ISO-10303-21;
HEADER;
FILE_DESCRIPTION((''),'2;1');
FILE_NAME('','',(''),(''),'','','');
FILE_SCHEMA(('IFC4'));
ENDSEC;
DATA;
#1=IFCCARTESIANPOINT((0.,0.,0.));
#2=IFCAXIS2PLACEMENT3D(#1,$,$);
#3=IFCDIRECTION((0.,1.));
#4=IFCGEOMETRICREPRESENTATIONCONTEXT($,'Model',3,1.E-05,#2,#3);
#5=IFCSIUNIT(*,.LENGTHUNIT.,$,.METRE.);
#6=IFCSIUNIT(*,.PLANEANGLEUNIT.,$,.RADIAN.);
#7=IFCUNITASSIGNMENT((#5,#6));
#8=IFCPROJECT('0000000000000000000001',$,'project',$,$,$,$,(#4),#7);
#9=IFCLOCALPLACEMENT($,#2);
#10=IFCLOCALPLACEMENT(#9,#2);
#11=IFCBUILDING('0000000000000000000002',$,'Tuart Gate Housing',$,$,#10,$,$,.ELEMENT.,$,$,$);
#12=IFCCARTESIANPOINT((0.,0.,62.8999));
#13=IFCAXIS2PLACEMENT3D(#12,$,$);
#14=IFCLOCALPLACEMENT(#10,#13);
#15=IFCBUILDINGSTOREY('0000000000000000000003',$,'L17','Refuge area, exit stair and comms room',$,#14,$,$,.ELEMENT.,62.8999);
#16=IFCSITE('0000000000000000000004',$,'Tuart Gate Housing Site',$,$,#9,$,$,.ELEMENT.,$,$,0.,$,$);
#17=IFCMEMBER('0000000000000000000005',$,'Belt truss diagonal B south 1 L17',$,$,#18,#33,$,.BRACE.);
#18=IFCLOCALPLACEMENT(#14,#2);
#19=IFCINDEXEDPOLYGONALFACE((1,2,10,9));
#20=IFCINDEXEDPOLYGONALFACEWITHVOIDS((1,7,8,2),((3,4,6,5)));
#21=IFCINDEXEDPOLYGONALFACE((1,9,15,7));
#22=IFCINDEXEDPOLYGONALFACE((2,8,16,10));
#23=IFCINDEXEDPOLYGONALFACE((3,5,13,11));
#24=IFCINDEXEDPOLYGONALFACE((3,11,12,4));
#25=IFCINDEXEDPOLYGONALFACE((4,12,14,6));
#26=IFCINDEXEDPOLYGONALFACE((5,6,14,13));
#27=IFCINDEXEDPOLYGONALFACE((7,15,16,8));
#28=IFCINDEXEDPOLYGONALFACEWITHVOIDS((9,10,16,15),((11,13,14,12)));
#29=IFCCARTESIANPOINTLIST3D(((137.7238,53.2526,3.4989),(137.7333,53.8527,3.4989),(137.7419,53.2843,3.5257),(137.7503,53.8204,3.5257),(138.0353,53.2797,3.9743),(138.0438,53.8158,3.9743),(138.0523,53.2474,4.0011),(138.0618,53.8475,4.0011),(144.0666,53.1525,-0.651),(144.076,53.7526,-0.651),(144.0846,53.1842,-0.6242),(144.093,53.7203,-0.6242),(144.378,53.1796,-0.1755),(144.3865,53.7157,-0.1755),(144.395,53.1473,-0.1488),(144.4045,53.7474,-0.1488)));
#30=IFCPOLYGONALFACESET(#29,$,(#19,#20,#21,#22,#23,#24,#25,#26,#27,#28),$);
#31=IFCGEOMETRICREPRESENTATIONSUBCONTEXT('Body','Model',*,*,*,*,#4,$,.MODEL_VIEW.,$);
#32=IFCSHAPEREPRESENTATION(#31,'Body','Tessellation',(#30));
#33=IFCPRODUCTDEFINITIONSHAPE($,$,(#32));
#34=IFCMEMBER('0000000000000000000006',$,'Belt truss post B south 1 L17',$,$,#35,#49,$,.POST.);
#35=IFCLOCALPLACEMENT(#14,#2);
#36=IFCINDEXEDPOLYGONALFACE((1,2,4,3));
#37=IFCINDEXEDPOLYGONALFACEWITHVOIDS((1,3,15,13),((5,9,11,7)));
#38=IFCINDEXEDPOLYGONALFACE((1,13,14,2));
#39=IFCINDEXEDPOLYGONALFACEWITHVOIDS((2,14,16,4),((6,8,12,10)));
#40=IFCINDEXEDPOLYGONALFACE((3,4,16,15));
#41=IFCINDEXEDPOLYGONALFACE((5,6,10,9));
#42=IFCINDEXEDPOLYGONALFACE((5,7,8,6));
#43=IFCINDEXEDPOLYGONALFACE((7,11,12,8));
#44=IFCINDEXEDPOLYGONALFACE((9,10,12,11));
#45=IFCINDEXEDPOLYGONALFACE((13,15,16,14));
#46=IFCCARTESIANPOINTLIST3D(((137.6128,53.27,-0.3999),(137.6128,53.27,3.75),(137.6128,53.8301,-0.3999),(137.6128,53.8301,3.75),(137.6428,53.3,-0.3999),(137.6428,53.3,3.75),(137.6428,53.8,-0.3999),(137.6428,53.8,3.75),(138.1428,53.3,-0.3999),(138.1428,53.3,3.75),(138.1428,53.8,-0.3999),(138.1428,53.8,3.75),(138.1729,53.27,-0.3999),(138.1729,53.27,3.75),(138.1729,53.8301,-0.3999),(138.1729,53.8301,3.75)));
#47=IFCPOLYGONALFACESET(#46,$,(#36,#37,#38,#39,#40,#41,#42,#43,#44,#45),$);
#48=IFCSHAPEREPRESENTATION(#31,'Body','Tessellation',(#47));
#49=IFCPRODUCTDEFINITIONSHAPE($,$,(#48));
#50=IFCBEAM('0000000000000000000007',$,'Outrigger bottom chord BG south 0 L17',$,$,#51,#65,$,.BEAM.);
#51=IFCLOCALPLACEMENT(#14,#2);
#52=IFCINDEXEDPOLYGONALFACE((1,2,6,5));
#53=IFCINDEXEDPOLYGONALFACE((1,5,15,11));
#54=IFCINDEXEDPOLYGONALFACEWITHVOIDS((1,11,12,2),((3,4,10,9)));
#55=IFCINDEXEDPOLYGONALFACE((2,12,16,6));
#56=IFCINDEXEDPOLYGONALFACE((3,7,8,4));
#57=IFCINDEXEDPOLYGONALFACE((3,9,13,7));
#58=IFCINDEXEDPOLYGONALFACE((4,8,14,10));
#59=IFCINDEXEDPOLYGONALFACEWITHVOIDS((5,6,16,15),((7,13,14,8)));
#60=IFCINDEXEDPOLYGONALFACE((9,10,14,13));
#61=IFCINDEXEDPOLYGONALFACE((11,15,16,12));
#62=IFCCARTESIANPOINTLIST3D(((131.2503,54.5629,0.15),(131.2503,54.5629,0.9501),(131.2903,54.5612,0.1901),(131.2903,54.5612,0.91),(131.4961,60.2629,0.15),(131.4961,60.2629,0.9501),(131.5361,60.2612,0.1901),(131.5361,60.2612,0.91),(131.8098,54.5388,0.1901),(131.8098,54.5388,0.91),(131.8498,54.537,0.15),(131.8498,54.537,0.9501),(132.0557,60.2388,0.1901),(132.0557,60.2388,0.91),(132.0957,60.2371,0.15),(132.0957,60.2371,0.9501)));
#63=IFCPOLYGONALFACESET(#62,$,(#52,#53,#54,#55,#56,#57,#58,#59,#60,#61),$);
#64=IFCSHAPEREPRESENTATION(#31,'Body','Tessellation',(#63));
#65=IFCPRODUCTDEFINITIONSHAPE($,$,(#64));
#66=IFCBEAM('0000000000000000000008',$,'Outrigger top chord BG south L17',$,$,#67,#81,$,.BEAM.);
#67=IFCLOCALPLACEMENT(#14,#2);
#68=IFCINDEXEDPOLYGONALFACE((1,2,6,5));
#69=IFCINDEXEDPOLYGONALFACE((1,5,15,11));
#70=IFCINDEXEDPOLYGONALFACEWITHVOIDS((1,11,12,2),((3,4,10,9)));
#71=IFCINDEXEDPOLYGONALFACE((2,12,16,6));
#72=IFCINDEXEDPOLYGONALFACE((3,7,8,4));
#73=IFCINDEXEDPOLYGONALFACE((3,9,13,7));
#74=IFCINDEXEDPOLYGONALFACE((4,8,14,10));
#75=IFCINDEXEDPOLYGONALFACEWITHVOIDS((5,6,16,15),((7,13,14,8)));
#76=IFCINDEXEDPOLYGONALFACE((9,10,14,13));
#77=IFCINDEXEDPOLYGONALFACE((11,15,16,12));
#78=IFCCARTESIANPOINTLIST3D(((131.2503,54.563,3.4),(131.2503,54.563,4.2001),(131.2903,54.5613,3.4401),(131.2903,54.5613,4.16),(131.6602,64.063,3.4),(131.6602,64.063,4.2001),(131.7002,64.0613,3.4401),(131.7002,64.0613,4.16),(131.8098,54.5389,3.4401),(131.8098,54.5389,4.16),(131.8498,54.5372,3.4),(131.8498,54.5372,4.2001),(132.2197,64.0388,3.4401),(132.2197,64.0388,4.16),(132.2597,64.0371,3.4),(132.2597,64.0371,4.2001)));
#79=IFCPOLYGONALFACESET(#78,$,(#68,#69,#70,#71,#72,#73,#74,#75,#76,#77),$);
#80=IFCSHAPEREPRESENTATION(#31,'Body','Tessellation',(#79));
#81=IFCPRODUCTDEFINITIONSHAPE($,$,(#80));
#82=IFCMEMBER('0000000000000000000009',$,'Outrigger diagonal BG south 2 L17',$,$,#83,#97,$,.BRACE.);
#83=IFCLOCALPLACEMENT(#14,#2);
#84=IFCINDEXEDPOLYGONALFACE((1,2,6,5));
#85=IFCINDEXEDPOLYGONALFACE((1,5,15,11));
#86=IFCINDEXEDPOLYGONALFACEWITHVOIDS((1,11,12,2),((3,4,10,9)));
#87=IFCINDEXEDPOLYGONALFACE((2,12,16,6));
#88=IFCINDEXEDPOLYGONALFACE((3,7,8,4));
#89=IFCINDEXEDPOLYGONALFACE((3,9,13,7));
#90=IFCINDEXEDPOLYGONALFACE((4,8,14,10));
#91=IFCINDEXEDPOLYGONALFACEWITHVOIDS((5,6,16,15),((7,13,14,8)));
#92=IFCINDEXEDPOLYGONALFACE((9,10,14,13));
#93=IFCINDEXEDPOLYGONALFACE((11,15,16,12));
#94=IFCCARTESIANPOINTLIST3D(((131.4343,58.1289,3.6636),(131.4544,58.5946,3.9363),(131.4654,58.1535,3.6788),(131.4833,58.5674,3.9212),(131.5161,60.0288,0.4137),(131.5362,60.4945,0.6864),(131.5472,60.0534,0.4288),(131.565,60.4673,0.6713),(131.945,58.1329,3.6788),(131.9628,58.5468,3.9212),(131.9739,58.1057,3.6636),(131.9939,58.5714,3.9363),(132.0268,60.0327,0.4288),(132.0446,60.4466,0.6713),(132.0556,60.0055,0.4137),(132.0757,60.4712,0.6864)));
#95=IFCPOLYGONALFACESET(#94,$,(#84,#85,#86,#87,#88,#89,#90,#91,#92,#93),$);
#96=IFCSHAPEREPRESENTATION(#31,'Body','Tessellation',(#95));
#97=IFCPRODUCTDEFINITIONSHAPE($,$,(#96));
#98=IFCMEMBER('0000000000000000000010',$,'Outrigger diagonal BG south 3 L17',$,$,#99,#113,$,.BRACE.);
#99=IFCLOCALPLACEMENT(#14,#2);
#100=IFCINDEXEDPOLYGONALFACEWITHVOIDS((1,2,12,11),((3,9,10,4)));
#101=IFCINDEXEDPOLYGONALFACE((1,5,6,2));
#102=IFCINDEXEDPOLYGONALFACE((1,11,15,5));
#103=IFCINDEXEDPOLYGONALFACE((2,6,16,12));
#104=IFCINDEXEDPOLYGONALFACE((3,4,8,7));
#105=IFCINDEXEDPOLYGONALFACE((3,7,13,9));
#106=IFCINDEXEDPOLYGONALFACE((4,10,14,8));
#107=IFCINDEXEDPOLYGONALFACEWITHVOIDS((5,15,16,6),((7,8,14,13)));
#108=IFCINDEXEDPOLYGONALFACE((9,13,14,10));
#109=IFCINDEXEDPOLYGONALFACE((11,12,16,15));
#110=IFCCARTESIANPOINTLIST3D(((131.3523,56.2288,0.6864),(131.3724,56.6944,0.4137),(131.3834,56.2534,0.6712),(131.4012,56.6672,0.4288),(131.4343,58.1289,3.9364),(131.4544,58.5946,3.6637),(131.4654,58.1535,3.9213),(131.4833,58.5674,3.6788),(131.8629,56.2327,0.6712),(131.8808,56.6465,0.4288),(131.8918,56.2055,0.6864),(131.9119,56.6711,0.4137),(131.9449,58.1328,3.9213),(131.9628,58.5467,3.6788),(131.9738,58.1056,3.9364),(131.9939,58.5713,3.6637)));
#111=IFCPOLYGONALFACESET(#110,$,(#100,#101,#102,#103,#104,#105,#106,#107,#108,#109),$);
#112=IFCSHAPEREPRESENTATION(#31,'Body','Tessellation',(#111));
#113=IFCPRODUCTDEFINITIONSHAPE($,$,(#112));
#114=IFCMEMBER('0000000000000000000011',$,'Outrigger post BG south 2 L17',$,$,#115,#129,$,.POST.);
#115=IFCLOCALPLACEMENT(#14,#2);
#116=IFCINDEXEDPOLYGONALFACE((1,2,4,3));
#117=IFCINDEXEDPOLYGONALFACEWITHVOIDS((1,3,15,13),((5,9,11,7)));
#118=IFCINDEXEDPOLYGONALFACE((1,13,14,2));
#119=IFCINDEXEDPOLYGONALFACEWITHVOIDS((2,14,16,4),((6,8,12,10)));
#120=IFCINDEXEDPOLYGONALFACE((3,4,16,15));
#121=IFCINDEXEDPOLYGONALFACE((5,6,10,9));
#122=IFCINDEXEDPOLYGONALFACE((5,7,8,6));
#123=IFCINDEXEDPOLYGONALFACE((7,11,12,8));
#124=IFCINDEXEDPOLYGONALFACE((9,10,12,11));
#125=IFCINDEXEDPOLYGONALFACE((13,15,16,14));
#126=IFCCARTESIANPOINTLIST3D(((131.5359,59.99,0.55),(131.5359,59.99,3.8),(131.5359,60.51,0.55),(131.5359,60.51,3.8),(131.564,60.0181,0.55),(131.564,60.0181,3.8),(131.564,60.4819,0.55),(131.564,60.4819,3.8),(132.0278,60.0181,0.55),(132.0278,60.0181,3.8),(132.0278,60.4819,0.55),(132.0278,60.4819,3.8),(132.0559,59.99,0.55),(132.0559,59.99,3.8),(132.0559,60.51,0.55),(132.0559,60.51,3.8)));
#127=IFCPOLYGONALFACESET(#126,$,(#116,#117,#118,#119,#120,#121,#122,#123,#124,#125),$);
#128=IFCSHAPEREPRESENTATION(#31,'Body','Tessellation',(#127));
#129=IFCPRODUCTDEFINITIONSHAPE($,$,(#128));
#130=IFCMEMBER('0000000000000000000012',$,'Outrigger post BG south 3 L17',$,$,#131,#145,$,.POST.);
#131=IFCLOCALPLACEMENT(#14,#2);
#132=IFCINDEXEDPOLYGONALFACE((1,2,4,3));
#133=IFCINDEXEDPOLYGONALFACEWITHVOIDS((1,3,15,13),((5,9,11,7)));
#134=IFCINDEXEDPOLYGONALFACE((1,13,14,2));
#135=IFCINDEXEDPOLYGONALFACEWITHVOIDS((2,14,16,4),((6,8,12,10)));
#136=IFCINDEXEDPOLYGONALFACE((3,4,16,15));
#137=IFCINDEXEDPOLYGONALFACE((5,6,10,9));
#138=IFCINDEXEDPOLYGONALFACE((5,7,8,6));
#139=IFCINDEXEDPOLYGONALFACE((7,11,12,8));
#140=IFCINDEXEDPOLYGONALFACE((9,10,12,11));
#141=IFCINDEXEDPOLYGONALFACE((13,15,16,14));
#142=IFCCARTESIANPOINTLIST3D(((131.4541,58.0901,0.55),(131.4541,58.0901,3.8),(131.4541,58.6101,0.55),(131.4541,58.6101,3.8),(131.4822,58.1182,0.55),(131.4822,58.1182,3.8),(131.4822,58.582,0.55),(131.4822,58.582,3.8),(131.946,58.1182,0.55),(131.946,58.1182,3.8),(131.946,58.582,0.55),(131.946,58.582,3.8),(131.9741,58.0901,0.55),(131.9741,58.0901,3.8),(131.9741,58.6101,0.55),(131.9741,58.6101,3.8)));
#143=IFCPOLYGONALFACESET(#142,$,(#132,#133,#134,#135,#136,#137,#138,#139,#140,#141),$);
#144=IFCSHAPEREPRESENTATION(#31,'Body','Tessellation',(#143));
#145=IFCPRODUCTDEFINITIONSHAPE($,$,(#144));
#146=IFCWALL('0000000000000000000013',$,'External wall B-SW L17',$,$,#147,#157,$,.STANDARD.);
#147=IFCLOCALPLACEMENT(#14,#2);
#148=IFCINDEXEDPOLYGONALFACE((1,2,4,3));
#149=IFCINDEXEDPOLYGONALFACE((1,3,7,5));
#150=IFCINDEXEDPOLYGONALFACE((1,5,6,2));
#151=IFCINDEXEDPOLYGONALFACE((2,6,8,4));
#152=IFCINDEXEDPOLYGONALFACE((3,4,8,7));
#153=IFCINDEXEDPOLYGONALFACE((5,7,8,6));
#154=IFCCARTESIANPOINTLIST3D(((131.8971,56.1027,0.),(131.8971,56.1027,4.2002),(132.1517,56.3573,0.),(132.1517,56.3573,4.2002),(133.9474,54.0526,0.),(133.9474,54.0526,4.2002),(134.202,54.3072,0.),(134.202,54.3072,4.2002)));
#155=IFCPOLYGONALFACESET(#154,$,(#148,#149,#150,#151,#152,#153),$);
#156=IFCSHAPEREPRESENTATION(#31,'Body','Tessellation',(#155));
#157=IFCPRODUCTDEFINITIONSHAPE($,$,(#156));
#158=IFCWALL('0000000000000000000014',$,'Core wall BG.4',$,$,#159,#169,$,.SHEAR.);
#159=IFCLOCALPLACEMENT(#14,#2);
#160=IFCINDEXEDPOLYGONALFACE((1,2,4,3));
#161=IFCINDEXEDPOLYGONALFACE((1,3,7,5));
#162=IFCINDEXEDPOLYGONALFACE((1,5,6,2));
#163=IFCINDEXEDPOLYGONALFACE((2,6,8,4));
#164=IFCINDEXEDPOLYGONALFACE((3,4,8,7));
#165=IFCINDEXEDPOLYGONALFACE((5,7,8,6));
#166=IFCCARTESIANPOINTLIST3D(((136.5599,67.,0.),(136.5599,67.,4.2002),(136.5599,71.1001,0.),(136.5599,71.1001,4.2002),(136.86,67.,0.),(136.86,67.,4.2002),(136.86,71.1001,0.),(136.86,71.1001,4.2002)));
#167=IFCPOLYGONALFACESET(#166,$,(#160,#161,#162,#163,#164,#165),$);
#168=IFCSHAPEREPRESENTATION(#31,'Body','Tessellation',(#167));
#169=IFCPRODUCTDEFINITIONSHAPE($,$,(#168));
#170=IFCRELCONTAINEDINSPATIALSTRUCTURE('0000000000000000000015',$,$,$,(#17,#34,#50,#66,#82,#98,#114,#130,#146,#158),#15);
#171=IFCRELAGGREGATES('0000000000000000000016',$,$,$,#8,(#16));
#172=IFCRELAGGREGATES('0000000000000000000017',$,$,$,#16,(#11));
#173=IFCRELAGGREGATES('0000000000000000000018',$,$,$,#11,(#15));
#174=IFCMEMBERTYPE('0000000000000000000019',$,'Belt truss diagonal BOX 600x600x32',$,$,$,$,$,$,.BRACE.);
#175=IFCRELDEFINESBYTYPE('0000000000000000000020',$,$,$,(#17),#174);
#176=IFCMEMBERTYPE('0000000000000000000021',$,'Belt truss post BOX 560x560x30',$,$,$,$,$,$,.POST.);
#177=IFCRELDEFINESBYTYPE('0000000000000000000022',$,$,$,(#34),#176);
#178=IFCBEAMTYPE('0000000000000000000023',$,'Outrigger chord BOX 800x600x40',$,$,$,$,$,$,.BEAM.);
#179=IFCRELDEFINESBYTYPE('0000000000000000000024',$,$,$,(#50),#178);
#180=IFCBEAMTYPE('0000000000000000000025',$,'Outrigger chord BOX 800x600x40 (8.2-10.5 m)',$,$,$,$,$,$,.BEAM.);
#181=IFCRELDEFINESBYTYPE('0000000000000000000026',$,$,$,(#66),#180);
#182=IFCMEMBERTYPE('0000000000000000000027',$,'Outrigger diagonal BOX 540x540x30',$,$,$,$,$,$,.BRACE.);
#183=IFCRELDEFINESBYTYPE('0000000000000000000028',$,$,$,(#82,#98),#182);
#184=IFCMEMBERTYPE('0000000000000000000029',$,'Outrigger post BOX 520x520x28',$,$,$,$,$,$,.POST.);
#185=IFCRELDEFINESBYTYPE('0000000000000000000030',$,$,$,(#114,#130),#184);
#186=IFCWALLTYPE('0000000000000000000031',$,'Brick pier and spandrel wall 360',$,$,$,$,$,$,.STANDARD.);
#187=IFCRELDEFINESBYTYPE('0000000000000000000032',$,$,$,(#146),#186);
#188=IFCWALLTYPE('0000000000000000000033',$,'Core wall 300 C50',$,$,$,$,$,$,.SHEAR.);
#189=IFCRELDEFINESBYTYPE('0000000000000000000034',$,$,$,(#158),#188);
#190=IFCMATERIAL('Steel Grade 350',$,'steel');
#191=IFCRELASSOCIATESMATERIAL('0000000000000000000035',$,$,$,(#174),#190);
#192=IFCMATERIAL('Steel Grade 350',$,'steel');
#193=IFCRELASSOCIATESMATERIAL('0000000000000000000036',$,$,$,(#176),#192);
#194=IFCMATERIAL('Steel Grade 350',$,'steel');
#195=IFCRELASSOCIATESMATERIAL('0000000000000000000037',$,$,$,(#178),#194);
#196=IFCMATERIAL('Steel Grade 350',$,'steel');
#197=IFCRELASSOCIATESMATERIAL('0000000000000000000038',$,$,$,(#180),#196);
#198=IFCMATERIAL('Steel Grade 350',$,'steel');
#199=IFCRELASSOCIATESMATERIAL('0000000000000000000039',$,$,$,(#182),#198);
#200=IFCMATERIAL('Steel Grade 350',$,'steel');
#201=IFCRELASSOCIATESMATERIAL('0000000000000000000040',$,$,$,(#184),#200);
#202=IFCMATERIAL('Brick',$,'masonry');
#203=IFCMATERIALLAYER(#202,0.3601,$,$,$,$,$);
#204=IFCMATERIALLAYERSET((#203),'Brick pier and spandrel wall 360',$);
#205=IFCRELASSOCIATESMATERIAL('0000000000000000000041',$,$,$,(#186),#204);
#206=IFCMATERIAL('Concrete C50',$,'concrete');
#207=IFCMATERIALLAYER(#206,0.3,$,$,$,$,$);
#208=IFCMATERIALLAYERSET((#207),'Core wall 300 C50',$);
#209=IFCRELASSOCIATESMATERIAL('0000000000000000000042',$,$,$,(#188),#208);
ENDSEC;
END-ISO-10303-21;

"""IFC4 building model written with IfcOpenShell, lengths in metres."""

from ifc_helpers import new_model, si_unit, direction, frame, frame_2d, origin, origin_2d, place, context, subcontext, project, spatial, rectangle, hollow_rectangle, extrude, material, layer, layer_set, material_profile, profile_set, type_object, element, save


model = new_model("IFC4")

# Units and contexts
model_context = context("Model", 3, precision=1e-05, world=origin(), true_north=direction((0.0, 1.0)))
body_context = subcontext(model_context, "Body", "Model", "MODEL_VIEW")
ifc_project = project(units=[si_unit("LENGTHUNIT", "METRE"), si_unit("PLANEANGLEUNIT", "RADIAN")], contexts=[model_context])

# Site, building, storey
site_placement = place(None, origin())
site = spatial("IfcSite", under=ifc_project, at=site_placement, Name="Tuart Gate Housing Site", CompositionType="ELEMENT", RefElevation=0.0)
building_placement = place(site_placement, origin())
building = spatial("IfcBuilding", under=site, at=building_placement, Name="Tuart Gate Housing", CompositionType="ELEMENT")
storey_placement = place(building_placement, frame((0.0, 0.0, 62.8999)))
storey = spatial("IfcBuildingStorey", under=building, at=storey_placement, Name="L17", Description="Refuge area, exit stair and comms room", CompositionType="ELEMENT", Elevation=62.8999)

# Members
ifc_material_1 = material(Name="Steel Grade 350", Category="steel")
ifc_material_profile_1 = material_profile(ifc_material_1, hollow_rectangle(XDim=0.6001, YDim=0.6001, WallThickness=0.032, at=origin_2d()), Name="BOX 600x600x32")
ifc_profile_set_1 = profile_set([ifc_material_profile_1], Name="Steel Grade 350")
member_type_1 = type_object("IfcMemberType", Name="Belt truss diagonal BOX 600x600x32", PredefinedType="BRACE", material=ifc_profile_set_1)
member_1_placement = place(storey_placement, frame((137.8928, 53.55, 3.75), z_axis=(0.836733, -0.013205, -0.547452), x_axis=(0.015779, 0.999875, 0.0)))
element("IfcMember", 1, at=member_1_placement, inside=storey, type_object=member_type_1, Name="Belt truss diagonal B south 1 L17", PredefinedType="BRACE", context=body_context, shape_type="SweptSolid", body=[
    extrude(hollow_rectangle(XDim=0.6001, YDim=0.6001, WallThickness=0.032, at=origin_2d()), origin(), (0.0, 0.0, 1.0), 7.5803),
])
ifc_material_2 = material(Name="Steel Grade 350", Category="steel")
ifc_material_profile_2 = material_profile(ifc_material_2, hollow_rectangle(XDim=0.5601, YDim=0.5601, WallThickness=0.03, at=origin_2d()), Name="BOX 560x560x30")
ifc_profile_set_2 = profile_set([ifc_material_profile_2], Name="Steel Grade 350")
member_type_2 = type_object("IfcMemberType", Name="Belt truss post BOX 560x560x30", PredefinedType="POST", material=ifc_profile_set_2)
member_2_placement = place(storey_placement, frame((137.8928, 53.55, -0.3999), z_axis=(0.0, 0.0, 1.0), x_axis=(1.0, 0.0, 0.0)))
element("IfcMember", 2, at=member_2_placement, inside=storey, type_object=member_type_2, Name="Belt truss post B south 1 L17", PredefinedType="POST", context=body_context, shape_type="SweptSolid", body=[
    extrude(hollow_rectangle(XDim=0.5601, YDim=0.5601, WallThickness=0.03, at=origin_2d()), origin(), (0.0, 0.0, 1.0), 4.1499),
])

# Beams
ifc_material_3 = material(Name="Steel Grade 350", Category="steel")
ifc_material_profile_3 = material_profile(ifc_material_3, hollow_rectangle(XDim=0.6001, YDim=0.8, WallThickness=0.04, at=origin_2d()), Name="BOX 800x600x40")
ifc_profile_set_3 = profile_set([ifc_material_profile_3], Name="Steel Grade 350")
beam_type_1 = type_object("IfcBeamType", Name="Outrigger chord BOX 800x600x40", PredefinedType="BEAM", material=ifc_profile_set_3)
beam_1_placement = place(storey_placement, frame((131.7959, 60.25, 0.55), z_axis=(-0.043092, -0.999071, 0.0), x_axis=(0.999071, -0.043092, 0.0)))
element("IfcBeam", 3, at=beam_1_placement, inside=storey, type_object=beam_type_1, Name="Outrigger bottom chord BG south 0 L17", PredefinedType="BEAM", context=body_context, shape_type="SweptSolid", body=[
    extrude(hollow_rectangle(XDim=0.6001, YDim=0.8, WallThickness=0.04, at=origin_2d()), origin(), (0.0, 0.0, 1.0), 5.7053),
])
ifc_material_4 = material(Name="Steel Grade 350", Category="steel")
ifc_material_profile_4 = material_profile(ifc_material_4, hollow_rectangle(XDim=0.6001, YDim=0.8, WallThickness=0.04, at=origin_2d()), Name="BOX 800x600x40")
ifc_profile_set_4 = profile_set([ifc_material_profile_4], Name="Steel Grade 350")
beam_type_2 = type_object("IfcBeamType", Name="Outrigger chord BOX 800x600x40 (8.2-10.5 m)", PredefinedType="BEAM", material=ifc_profile_set_4)
beam_2_placement = place(storey_placement, frame((131.96, 64.05, 3.8), z_axis=(-0.043109, -0.99907, 0.0), x_axis=(0.99907, -0.043109, 0.0)))
element("IfcBeam", 4, at=beam_2_placement, inside=storey, type_object=beam_type_2, Name="Outrigger top chord BG south L17", PredefinedType="BEAM", context=body_context, shape_type="SweptSolid", body=[
    extrude(hollow_rectangle(XDim=0.6001, YDim=0.8, WallThickness=0.04, at=origin_2d()), origin(), (0.0, 0.0, 1.0), 9.5088),
])

# Members
ifc_material_5 = material(Name="Steel Grade 350", Category="steel")
ifc_material_profile_5 = material_profile(ifc_material_5, hollow_rectangle(XDim=0.54, YDim=0.54, WallThickness=0.03, at=origin_2d()), Name="BOX 540x540x30")
ifc_profile_set_5 = profile_set([ifc_material_profile_5], Name="Steel Grade 350")
member_type_3 = type_object("IfcMemberType", Name="Outrigger diagonal BOX 540x540x30", PredefinedType="BRACE", material=ifc_profile_set_5)
member_3_placement = place(storey_placement, frame((131.7959, 60.25, 0.55), z_axis=(-0.02172, -0.504558, 0.863104), x_axis=(0.999075, -0.043008, 0.0)))
element("IfcMember", 5, at=member_3_placement, inside=storey, type_object=member_type_3, Name="Outrigger diagonal BG south 2 L17", PredefinedType="BRACE", context=body_context, shape_type="SweptSolid", body=[
    extrude(hollow_rectangle(XDim=0.54, YDim=0.54, WallThickness=0.03, at=origin_2d()), origin(), (0.0, 0.0, 1.0), 3.7654),
])
member_4_placement = place(storey_placement, frame((131.7141, 58.3501, 3.8), z_axis=(-0.021784, -0.504606, -0.863075), x_axis=(0.999069, -0.043131, 0.0)))
element("IfcMember", 6, at=member_4_placement, inside=storey, type_object=member_type_3, Name="Outrigger diagonal BG south 3 L17", PredefinedType="BRACE", context=body_context, shape_type="SweptSolid", body=[
    extrude(hollow_rectangle(XDim=0.54, YDim=0.54, WallThickness=0.03, at=origin_2d()), origin(), (0.0, 0.0, 1.0), 3.7656),
])
ifc_material_6 = material(Name="Steel Grade 350", Category="steel")
ifc_material_profile_6 = material_profile(ifc_material_6, hollow_rectangle(XDim=0.52, YDim=0.52, WallThickness=0.0281, at=origin_2d()), Name="BOX 520x520x28")
ifc_profile_set_6 = profile_set([ifc_material_profile_6], Name="Steel Grade 350")
member_type_4 = type_object("IfcMemberType", Name="Outrigger post BOX 520x520x28", PredefinedType="POST", material=ifc_profile_set_6)
for number, where, z_axis, x_axis, name in (
    (7, (131.7959, 60.25, 0.55), (0.0, 0.0, 1.0), (1.0, 0.0, 0.0), "Outrigger post BG south 2 L17"),
    (8, (131.7141, 58.3501, 0.55), (0.0, 0.0, 1.0), (1.0, 0.0, 0.0), "Outrigger post BG south 3 L17"),
):
    element("IfcMember", number, at=place(storey_placement, frame(where, z_axis=z_axis, x_axis=x_axis)), inside=storey, type_object=member_type_4, Name=name, PredefinedType="POST", context=body_context, shape_type="SweptSolid", body=[
        extrude(hollow_rectangle(XDim=0.52, YDim=0.52, WallThickness=0.0281, at=origin_2d()), origin(), (0.0, 0.0, 1.0), 3.25),
    ])

# Wall
ifc_material_7 = material(Name="Brick", Category="masonry")
ifc_layer_1 = layer(ifc_material_7, 0.3601)
ifc_layer_set_1 = layer_set([ifc_layer_1], Name="Brick pier and spandrel wall 360")
wall_type_1 = type_object("IfcWallType", Name="Brick pier and spandrel wall 360", PredefinedType="STANDARD", material=ifc_layer_set_1)
wall_1_placement = place(storey_placement, frame((132.0244, 56.23, 0.0), z_axis=(0.0, 0.0, 1.0), x_axis=(0.707149, -0.707065, 0.0)))
element("IfcWall", 9, at=wall_1_placement, inside=storey, type_object=wall_type_1, Name="External wall B-SW L17", PredefinedType="STANDARD", context=body_context, shape_type="SweptSolid", body=[
    extrude(rectangle(XDim=2.8994, YDim=0.3601, at=frame_2d((1.4497, 0.0))), origin(), (0.0, 0.0, 1.0), 4.2002),
])

# Wall
ifc_material_8 = material(Name="Concrete C50", Category="concrete")
ifc_layer_2 = layer(ifc_material_8, 0.3)
ifc_layer_set_2 = layer_set([ifc_layer_2], Name="Core wall 300 C50")
wall_type_2 = type_object("IfcWallType", Name="Core wall 300 C50", PredefinedType="SHEAR", material=ifc_layer_set_2)
wall_2_placement = place(storey_placement, frame((136.71, 67.0, 0.0), z_axis=(0.0, 0.0, 1.0), x_axis=(0.0, 1.0, 0.0)))
element("IfcWall", 10, at=wall_2_placement, inside=storey, type_object=wall_type_2, Name="Core wall BG.4", PredefinedType="SHEAR", context=body_context, shape_type="SweptSolid", body=[
    extrude(rectangle(XDim=4.1001, YDim=0.3, at=frame_2d((2.05, 0.0))), origin(), (0.0, 0.0, 1.0), 4.2002),
])

save(model, "model.ifc")
